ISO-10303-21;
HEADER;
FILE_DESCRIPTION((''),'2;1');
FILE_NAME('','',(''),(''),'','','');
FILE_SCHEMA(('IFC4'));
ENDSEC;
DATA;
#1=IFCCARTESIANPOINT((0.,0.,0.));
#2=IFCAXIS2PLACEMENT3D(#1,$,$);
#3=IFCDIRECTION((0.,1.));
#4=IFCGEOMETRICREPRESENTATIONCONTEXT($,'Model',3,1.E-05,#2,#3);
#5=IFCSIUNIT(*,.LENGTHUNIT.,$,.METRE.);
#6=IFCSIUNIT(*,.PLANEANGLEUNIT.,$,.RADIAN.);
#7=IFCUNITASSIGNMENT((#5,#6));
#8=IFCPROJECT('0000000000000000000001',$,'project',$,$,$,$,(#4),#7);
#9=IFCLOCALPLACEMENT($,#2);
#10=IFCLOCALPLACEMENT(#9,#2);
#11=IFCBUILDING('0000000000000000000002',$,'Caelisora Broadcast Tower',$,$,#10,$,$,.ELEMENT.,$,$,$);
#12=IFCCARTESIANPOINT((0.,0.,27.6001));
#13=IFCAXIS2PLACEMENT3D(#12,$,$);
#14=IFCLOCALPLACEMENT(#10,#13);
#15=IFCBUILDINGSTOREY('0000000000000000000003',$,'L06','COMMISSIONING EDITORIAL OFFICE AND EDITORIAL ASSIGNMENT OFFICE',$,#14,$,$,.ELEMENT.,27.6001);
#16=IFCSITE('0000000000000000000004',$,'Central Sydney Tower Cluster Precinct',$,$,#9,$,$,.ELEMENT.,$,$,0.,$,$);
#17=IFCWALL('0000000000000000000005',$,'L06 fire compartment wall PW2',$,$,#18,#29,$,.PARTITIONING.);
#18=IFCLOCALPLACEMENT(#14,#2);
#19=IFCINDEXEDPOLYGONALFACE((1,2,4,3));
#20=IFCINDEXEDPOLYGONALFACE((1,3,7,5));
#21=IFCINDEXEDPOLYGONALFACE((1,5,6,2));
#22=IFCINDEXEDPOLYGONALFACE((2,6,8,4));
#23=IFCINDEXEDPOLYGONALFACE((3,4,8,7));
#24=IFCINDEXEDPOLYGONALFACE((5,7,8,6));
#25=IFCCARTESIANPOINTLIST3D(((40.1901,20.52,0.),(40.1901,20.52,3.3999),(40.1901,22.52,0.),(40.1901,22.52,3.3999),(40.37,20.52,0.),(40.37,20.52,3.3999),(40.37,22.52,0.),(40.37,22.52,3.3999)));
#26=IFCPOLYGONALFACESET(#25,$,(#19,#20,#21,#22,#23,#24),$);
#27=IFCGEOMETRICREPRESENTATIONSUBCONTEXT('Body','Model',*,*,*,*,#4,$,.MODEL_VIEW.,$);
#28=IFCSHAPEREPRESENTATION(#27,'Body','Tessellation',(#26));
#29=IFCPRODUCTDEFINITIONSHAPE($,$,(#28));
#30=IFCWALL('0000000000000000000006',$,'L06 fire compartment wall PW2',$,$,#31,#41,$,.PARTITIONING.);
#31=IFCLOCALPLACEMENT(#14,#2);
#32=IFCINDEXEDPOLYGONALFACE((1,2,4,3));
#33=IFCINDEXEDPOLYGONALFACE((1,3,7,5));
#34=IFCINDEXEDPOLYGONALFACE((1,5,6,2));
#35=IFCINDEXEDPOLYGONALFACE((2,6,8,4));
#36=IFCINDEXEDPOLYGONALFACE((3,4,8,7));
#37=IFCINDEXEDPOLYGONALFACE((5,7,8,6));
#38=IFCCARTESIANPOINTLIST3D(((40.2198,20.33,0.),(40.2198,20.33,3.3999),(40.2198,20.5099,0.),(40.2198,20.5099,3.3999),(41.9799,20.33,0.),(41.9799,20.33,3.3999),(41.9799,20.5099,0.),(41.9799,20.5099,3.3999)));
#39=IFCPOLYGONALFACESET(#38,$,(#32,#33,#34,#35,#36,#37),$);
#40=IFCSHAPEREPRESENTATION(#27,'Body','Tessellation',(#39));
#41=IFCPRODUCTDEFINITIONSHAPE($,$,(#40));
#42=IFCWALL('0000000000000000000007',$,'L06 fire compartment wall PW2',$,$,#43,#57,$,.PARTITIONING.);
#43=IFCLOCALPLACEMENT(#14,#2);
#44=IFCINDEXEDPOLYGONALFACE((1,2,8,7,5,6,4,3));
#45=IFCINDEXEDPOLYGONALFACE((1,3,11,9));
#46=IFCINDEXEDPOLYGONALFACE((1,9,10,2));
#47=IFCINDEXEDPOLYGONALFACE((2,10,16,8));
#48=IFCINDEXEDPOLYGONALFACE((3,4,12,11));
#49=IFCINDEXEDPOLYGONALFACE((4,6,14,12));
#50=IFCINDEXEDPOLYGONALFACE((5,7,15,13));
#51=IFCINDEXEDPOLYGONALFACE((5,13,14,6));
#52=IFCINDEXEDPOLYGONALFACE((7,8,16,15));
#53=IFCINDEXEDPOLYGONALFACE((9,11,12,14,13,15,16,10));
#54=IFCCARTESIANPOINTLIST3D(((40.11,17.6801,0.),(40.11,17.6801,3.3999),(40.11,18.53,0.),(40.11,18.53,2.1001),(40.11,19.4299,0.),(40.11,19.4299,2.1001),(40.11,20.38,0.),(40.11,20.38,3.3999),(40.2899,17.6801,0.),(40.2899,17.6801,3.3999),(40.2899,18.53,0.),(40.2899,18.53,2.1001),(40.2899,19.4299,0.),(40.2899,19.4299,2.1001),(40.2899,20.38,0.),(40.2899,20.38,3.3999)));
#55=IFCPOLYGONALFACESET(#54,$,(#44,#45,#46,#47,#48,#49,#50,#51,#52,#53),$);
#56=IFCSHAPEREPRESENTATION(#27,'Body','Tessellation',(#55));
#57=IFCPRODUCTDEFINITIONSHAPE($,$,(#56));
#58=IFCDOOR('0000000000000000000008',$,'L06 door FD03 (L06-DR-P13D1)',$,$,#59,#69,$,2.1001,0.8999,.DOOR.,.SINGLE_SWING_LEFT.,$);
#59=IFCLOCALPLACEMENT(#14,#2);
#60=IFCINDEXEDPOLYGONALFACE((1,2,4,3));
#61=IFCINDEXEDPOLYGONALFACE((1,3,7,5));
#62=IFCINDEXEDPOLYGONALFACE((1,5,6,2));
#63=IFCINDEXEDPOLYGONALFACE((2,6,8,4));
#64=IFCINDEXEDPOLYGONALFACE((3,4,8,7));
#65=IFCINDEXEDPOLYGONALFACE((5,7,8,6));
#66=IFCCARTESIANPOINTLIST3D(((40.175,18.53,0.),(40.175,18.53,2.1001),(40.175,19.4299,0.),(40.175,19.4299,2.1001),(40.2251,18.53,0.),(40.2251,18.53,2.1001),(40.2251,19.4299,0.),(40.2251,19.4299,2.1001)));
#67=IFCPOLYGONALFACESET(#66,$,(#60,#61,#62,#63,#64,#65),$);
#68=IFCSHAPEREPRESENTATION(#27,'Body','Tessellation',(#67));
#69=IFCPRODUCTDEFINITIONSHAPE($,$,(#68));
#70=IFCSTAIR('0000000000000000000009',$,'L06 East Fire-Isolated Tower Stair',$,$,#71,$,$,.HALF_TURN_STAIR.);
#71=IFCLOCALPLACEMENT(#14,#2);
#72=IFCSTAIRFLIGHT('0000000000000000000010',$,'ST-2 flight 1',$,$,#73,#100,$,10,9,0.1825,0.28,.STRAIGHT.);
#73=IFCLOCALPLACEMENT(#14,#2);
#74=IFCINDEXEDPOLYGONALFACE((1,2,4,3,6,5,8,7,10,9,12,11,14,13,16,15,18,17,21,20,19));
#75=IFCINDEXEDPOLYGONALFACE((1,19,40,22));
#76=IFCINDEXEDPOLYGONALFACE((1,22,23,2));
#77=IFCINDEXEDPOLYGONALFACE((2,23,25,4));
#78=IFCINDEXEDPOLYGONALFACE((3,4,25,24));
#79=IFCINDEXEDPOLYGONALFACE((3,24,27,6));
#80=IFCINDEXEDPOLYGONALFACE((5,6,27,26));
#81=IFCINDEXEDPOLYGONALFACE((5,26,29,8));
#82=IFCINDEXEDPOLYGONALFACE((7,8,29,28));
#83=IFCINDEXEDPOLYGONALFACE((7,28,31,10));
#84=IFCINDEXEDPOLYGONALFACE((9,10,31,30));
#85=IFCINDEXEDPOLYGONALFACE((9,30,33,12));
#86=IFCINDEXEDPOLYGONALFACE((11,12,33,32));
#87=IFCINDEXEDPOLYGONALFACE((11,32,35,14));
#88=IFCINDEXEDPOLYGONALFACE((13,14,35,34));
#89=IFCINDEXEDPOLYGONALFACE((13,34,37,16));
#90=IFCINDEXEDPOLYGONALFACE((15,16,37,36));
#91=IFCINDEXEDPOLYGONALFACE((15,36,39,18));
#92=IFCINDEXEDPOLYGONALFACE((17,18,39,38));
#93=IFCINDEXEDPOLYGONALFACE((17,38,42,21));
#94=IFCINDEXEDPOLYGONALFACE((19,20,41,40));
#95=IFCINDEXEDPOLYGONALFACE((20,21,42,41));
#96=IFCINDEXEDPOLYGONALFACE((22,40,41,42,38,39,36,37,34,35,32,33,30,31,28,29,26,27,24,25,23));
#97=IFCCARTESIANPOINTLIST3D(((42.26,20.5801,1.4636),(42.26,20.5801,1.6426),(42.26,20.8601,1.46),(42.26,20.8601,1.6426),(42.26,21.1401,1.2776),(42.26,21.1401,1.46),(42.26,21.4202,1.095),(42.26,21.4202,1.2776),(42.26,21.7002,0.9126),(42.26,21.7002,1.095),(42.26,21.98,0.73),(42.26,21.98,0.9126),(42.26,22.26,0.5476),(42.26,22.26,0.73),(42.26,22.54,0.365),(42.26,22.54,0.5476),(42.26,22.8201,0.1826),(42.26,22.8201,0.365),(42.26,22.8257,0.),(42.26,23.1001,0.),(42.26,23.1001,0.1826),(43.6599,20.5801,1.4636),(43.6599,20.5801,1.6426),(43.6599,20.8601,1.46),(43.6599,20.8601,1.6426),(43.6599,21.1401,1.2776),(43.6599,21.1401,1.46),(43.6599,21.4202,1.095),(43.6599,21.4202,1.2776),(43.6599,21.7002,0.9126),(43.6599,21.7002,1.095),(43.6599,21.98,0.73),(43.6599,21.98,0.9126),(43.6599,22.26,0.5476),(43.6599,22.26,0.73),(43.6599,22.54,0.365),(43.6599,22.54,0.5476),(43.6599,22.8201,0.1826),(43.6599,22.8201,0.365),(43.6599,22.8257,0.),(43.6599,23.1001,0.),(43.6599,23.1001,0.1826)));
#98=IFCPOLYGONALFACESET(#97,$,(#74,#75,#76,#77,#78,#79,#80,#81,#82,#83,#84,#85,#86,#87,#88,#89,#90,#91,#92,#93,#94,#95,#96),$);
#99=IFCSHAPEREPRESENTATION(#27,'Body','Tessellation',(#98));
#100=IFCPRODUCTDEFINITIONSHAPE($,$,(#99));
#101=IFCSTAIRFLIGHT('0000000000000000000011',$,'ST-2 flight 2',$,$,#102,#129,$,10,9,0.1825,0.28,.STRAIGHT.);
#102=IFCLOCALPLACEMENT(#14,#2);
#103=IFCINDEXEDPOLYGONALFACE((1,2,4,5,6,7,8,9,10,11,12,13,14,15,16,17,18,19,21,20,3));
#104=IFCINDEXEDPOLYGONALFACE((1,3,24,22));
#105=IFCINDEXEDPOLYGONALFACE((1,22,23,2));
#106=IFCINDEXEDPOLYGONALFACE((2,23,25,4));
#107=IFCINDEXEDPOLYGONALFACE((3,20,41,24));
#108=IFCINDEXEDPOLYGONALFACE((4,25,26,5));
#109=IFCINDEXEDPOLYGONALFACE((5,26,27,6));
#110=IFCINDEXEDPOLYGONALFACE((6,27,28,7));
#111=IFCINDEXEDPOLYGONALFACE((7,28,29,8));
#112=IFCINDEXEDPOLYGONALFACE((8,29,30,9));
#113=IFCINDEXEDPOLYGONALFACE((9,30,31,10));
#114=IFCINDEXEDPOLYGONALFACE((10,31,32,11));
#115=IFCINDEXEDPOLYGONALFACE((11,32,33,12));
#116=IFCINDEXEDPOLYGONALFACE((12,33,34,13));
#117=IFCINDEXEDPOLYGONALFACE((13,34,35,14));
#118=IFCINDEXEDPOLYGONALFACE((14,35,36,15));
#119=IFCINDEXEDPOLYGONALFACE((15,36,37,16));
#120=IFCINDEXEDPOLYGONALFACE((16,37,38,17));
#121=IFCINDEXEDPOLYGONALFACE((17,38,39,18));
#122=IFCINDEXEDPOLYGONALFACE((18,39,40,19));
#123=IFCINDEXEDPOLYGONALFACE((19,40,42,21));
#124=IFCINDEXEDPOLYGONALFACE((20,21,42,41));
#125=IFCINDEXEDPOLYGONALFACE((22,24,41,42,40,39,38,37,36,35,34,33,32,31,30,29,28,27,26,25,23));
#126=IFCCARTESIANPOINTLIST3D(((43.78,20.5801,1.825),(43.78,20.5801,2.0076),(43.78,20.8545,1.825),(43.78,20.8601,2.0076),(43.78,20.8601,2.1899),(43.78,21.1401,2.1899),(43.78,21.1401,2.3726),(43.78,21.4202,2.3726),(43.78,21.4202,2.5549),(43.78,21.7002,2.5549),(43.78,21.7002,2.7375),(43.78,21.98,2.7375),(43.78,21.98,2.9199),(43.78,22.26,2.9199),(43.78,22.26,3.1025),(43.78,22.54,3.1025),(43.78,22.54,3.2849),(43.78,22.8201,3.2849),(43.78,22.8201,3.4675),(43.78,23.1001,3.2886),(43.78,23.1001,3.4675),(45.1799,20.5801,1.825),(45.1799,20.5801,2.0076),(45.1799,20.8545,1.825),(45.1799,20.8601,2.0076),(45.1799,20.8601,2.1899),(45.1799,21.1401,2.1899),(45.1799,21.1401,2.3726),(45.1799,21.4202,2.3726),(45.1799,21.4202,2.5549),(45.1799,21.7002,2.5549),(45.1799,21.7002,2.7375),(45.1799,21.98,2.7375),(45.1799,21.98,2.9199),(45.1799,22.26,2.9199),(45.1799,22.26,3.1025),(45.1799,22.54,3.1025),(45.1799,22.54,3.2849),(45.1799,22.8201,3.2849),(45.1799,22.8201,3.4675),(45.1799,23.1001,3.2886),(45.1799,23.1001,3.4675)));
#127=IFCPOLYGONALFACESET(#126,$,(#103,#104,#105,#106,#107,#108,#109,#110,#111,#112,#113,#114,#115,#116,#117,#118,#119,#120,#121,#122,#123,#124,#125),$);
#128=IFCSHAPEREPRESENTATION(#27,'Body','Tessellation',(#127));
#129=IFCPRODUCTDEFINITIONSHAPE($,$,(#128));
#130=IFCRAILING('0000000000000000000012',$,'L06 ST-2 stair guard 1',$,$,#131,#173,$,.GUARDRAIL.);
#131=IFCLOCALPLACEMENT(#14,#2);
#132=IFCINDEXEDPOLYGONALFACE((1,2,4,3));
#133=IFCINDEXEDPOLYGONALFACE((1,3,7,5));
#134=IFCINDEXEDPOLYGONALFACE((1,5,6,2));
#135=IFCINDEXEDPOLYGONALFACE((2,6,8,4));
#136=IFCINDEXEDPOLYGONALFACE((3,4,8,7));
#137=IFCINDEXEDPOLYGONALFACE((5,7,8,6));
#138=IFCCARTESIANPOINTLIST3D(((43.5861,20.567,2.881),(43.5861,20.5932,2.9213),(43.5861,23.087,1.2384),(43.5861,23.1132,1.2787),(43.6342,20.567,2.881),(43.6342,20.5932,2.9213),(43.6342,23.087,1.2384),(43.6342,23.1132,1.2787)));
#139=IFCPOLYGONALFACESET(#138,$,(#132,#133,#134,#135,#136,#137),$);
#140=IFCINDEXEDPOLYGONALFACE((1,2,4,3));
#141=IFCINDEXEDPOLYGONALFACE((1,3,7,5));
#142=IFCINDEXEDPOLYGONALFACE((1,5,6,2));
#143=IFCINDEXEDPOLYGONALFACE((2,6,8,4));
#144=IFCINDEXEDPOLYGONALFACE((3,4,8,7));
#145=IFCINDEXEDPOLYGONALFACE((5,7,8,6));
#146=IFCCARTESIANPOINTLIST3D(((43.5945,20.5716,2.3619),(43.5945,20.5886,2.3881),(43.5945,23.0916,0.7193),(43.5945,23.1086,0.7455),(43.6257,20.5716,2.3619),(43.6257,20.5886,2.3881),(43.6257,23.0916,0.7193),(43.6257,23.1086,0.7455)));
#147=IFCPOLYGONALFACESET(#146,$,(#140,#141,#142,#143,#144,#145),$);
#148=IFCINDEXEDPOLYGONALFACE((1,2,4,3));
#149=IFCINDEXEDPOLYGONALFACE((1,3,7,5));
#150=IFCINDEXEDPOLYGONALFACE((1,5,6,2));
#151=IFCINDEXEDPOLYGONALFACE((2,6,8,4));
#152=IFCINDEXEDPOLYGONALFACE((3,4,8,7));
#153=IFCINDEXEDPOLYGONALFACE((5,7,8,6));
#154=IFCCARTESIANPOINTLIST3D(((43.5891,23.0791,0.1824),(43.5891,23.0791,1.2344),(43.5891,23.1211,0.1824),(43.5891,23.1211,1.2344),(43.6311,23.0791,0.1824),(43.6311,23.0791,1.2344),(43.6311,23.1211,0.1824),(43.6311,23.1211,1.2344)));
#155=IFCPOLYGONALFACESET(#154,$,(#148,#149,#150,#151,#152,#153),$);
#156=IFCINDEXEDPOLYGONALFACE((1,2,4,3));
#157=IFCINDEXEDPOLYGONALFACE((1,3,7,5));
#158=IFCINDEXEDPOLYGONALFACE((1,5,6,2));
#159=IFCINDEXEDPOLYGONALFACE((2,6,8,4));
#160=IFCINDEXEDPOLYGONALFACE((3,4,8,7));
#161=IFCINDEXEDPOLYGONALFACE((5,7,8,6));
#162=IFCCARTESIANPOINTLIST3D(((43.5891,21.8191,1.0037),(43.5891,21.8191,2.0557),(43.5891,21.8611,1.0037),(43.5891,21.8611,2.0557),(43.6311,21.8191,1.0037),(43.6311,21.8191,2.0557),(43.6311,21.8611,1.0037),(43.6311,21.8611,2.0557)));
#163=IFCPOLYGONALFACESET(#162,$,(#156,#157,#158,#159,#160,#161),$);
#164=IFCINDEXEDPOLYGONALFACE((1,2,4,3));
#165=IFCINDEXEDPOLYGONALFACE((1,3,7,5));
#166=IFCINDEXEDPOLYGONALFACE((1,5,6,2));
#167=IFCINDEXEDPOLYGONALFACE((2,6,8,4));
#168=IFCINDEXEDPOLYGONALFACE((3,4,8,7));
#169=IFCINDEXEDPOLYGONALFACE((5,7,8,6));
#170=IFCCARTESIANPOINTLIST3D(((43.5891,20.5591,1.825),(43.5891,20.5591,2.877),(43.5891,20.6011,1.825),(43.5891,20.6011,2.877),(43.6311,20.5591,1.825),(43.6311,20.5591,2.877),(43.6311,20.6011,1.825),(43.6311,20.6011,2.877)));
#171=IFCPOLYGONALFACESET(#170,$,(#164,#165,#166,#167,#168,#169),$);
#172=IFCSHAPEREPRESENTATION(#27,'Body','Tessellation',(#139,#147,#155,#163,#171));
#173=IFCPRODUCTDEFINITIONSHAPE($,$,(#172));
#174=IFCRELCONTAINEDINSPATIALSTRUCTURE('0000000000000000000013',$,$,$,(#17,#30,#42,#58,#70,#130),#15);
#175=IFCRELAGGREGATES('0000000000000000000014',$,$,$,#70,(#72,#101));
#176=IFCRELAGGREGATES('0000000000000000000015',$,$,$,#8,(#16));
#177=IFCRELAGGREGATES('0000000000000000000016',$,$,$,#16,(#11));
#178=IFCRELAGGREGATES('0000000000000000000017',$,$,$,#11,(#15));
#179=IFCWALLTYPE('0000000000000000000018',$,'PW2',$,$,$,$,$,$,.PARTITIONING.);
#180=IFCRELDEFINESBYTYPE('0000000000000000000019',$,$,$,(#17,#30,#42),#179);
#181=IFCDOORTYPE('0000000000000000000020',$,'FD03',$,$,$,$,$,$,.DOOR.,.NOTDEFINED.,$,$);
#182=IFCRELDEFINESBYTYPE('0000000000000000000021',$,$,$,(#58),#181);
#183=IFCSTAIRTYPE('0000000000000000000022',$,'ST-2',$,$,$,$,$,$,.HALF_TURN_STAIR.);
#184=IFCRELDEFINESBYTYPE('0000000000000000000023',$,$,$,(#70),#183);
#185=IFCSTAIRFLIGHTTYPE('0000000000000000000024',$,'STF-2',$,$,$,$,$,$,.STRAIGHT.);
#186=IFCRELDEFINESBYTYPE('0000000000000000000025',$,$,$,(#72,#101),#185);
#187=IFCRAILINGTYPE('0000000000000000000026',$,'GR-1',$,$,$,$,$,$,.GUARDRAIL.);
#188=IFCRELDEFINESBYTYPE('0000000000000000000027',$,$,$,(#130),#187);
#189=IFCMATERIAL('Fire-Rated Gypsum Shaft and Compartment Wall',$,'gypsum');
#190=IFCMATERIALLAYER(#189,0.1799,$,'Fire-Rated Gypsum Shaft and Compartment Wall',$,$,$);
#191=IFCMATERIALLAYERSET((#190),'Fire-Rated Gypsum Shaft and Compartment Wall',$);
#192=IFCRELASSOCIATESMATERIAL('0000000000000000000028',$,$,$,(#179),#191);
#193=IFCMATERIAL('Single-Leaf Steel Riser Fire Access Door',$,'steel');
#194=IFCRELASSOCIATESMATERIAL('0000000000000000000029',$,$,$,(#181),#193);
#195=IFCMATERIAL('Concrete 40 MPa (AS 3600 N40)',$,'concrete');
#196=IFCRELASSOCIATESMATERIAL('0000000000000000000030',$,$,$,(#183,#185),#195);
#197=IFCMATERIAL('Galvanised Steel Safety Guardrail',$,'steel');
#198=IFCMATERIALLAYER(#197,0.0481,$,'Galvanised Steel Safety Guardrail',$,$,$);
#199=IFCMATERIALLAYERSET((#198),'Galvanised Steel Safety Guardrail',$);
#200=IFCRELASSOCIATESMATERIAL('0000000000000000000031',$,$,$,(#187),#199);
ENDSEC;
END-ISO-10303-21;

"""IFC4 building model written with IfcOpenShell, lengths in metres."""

from ifc_helpers import new_model, si_unit, direction, frame, frame_2d, origin, origin_2d, place, context, subcontext, project, spatial, polyline, rectangle, outline, extrude, material, layer, layer_set, type_object, element, fill, aggregate, save


model = new_model("IFC4")

# Units and contexts
model_context = context("Model", 3, precision=1e-05, world=origin(), true_north=direction((0.0, 1.0)))
body_context = subcontext(model_context, "Body", "Model", "MODEL_VIEW")
ifc_project = project(units=[si_unit("LENGTHUNIT", "METRE"), si_unit("PLANEANGLEUNIT", "RADIAN")], contexts=[model_context])

# Site, building, storey
site_placement = place(None, origin())
site = spatial("IfcSite", under=ifc_project, at=site_placement, Name="Central Sydney Tower Cluster Precinct", CompositionType="ELEMENT", RefElevation=0.0)
building_placement = place(site_placement, origin())
building = spatial("IfcBuilding", under=site, at=building_placement, Name="Caelisora Broadcast Tower", CompositionType="ELEMENT")
storey_placement = place(building_placement, frame((0.0, 0.0, 27.6001)))
storey = spatial("IfcBuildingStorey", under=building, at=storey_placement, Name="L06", Description="COMMISSIONING EDITORIAL OFFICE AND EDITORIAL ASSIGNMENT OFFICE", CompositionType="ELEMENT", Elevation=27.6001)

# Shared definitions
ifc_material_1 = material(Name="Fire-Rated Gypsum Shaft and Compartment Wall", Category="gypsum")
ifc_layer_1 = layer(ifc_material_1, 0.1799, Name="Fire-Rated Gypsum Shaft and Compartment Wall")
ifc_layer_set_1 = layer_set([ifc_layer_1], Name="Fire-Rated Gypsum Shaft and Compartment Wall")
wall_type_1 = type_object("IfcWallType", Name="PW2", PredefinedType="PARTITIONING", material=ifc_layer_set_1)

# Walls
wall_1_placement = place(storey_placement, frame((40.28, 20.52, 0.0), z_axis=(0.0, 0.0, 1.0), x_axis=(0.0, 1.0, 0.0)))
element("IfcWall", 1, at=wall_1_placement, inside=storey, type_object=wall_type_1, Name="L06 fire compartment wall PW2", PredefinedType="PARTITIONING", context=body_context, shape_type="SweptSolid", body=[
    extrude(rectangle(XDim=2.0, YDim=0.1799, at=frame_2d((1.0, 0.0))), origin(), (0.0, 0.0, 1.0), 3.3999),
])
wall_2_placement = place(storey_placement, frame((40.22, 20.4199, 0.0), z_axis=(0.0, 0.0, 1.0), x_axis=(1.0, 0.0, 0.0)))
element("IfcWall", 2, at=wall_2_placement, inside=storey, type_object=wall_type_1, Name="L06 fire compartment wall PW2", PredefinedType="PARTITIONING", context=body_context, shape_type="SweptSolid", body=[
    extrude(rectangle(XDim=1.76, YDim=0.1799, at=frame_2d((0.8799, 0.0))), origin(), (0.0, 0.0, 1.0), 3.3999),
])

# Wall, opening, door
wall_3_placement = place(storey_placement, frame((40.2, 17.6799, 0.0), z_axis=(0.0, 0.0, 1.0), x_axis=(0.0, 1.0, 0.0)))
wall_3 = element("IfcWall", 3, at=wall_3_placement, inside=storey, type_object=wall_type_1, Name="L06 fire compartment wall PW2", PredefinedType="PARTITIONING", context=body_context, shape_type="SweptSolid", body=[
    extrude(rectangle(XDim=2.7, YDim=0.1799, at=frame_2d((1.3501, 0.0))), origin(), (0.0, 0.0, 1.0), 3.3999),
])
opening_1_placement = place(wall_3_placement, frame((0.8501, 0.0, 0.0)))
opening_1 = element("IfcOpeningElement", 4, at=opening_1_placement, cuts=wall_3, PredefinedType="OPENING", context=body_context, shape_type="SweptSolid", body=[
    extrude(rectangle(XDim=0.8999, YDim=2.1001, at=frame_2d((0.45, 1.05))), frame((0.0, 0.1021, 0.0), z_axis=(0.0, -1.0, 0.0), x_axis=(1.0, 0.0, 0.0)), (0.0, 0.0, 1.0), 0.2039),
])
ifc_material_2 = material(Name="Single-Leaf Steel Riser Fire Access Door", Category="steel")
door_type_1 = type_object("IfcDoorType", Name="FD03", OperationType="NOTDEFINED", PredefinedType="DOOR", material=ifc_material_2)
door_1_placement = place(opening_1_placement, origin())
door_1 = element("IfcDoor", 5, at=door_1_placement, inside=storey, type_object=door_type_1, Name="L06 door FD03 (L06-DR-P13D1)", OperationType="SINGLE_SWING_LEFT", OverallHeight=2.1001, OverallWidth=0.8999, PredefinedType="DOOR", context=body_context, shape_type="SweptSolid", body=[
    extrude(rectangle(XDim=0.8999, YDim=2.1001, at=frame_2d((0.45, 1.05))), frame((0.0, 0.0249, 0.0), z_axis=(0.0, -1.0, 0.0), x_axis=(1.0, 0.0, 0.0)), (0.0, 0.0, 1.0), 0.05),
])
fill(opening_1, door_1)

# Stair, stair flights
ifc_material_3 = material(Name="Concrete 40 MPa (AS 3600 N40)", Category="concrete")
stair_type = type_object("IfcStairType", Name="ST-2", PredefinedType="HALF_TURN_STAIR", material=ifc_material_3)
stair_placement = place(storey_placement, origin())
stair = element("IfcStair", 6, at=stair_placement, inside=storey, type_object=stair_type, Name="L06 East Fire-Isolated Tower Stair", PredefinedType="HALF_TURN_STAIR")
stair_flight_type = type_object("IfcStairFlightType", Name="STF-2", PredefinedType="STRAIGHT", material=ifc_material_3)
stair_flight_1_placement = place(storey_placement, frame((42.96, 23.1001, 0.0), z_axis=(0.0, 0.0, 1.0), x_axis=(0.0, -1.0, 0.0)))
stair_flight_1 = element("IfcStairFlight", 7, at=stair_flight_1_placement, type_object=stair_flight_type, Name="ST-2 flight 1", NumberOfRisers=10, NumberOfTreads=9, PredefinedType="STRAIGHT", RiserHeight=0.1825, TreadLength=0.28, context=body_context, shape_type="SweptSolid", body=[
    extrude(outline(polyline([(0.0, 0.0), (0.0, 0.1826), (0.28, 0.1826), (0.28, 0.365), (0.5601, 0.365), (0.5601, 0.5476), (0.8401, 0.5476), (0.8401, 0.73), (1.1201, 0.73), (1.1201, 0.9126), (1.3999, 0.9126), (1.3999, 1.095), (1.6799, 1.095), (1.6799, 1.2776), (1.96, 1.2776), (1.96, 1.46), (2.24, 1.46), (2.24, 1.6426), (2.52, 1.6426), (2.52, 1.825), (2.52, 1.4636), (0.2744, 0.0), (0.0, 0.0)])), frame((0.0, 0.7, 0.0), z_axis=(0.0, -1.0, 0.0), x_axis=(1.0, 0.0, 0.0)), (0.0, 0.0, 1.0), 1.3999),
])
stair_flight_2_placement = place(storey_placement, frame((44.48, 20.5801, 1.825), z_axis=(0.0, 0.0, 1.0), x_axis=(0.0, 1.0, 0.0)))
stair_flight_2 = element("IfcStairFlight", 8, at=stair_flight_2_placement, type_object=stair_flight_type, Name="ST-2 flight 2", NumberOfRisers=10, NumberOfTreads=9, PredefinedType="STRAIGHT", RiserHeight=0.1825, TreadLength=0.28, context=body_context, shape_type="SweptSolid", body=[
    extrude(outline(polyline([(0.0, 0.0), (0.0, 0.1826), (0.28, 0.1826), (0.28, 0.365), (0.5601, 0.365), (0.5601, 0.5476), (0.8401, 0.5476), (0.8401, 0.73), (1.1201, 0.73), (1.1201, 0.9126), (1.3999, 0.9126), (1.3999, 1.095), (1.6799, 1.095), (1.6799, 1.2776), (1.96, 1.2776), (1.96, 1.46), (2.24, 1.46), (2.24, 1.6426), (2.52, 1.6426), (2.52, 1.825), (2.52, 1.4636), (0.2744, 0.0), (0.0, 0.0)])), frame((0.0, 0.7, 0.0), z_axis=(0.0, -1.0, 0.0), x_axis=(1.0, 0.0, 0.0)), (0.0, 0.0, 1.0), 1.3999),
])
aggregate(stair, [stair_flight_1, stair_flight_2])

# Railing
ifc_material_4 = material(Name="Galvanised Steel Safety Guardrail", Category="steel")
ifc_layer_2 = layer(ifc_material_4, 0.0481, Name="Galvanised Steel Safety Guardrail")
ifc_layer_set_2 = layer_set([ifc_layer_2], Name="Galvanised Steel Safety Guardrail")
railing_type_1 = type_object("IfcRailingType", Name="GR-1", PredefinedType="GUARDRAIL", material=ifc_layer_set_2)
railing_1_placement = place(storey_placement, frame((43.6101, 23.1001, 0.1824)))
element("IfcRailing", 9, at=railing_1_placement, inside=storey, type_object=railing_type_1, Name="L06 ST-2 stair guard 1", PredefinedType="GUARDRAIL", context=body_context, shape_type="SweptSolid", body=[
    extrude(rectangle(XDim=0.0481, YDim=0.0481, at=origin_2d()), frame((0.0, 0.0, 1.0762), z_axis=(0.0, -0.837749, 0.546055), x_axis=(1.0, 0.0, 0.0)), (0.0, 0.0, 1.0), 3.0081),
    extrude(rectangle(XDim=0.0312, YDim=0.0312, at=origin_2d()), frame((0.0, 0.0, 0.55), z_axis=(0.0, -0.837749, 0.546055), x_axis=(1.0, 0.0, 0.0)), (0.0, 0.0, 1.0), 3.0081),
    extrude(rectangle(XDim=0.042, YDim=0.042, at=origin_2d()), origin(), (0.0, 0.0, 1.0), 1.052),
    extrude(rectangle(XDim=0.042, YDim=0.042, at=origin_2d()), frame((0.0, -1.26, 0.8213)), (0.0, 0.0, 1.0), 1.052),
    extrude(rectangle(XDim=0.042, YDim=0.042, at=origin_2d()), frame((0.0, -2.52, 1.6426)), (0.0, 0.0, 1.0), 1.052),
])

save(model, "model.ifc")
